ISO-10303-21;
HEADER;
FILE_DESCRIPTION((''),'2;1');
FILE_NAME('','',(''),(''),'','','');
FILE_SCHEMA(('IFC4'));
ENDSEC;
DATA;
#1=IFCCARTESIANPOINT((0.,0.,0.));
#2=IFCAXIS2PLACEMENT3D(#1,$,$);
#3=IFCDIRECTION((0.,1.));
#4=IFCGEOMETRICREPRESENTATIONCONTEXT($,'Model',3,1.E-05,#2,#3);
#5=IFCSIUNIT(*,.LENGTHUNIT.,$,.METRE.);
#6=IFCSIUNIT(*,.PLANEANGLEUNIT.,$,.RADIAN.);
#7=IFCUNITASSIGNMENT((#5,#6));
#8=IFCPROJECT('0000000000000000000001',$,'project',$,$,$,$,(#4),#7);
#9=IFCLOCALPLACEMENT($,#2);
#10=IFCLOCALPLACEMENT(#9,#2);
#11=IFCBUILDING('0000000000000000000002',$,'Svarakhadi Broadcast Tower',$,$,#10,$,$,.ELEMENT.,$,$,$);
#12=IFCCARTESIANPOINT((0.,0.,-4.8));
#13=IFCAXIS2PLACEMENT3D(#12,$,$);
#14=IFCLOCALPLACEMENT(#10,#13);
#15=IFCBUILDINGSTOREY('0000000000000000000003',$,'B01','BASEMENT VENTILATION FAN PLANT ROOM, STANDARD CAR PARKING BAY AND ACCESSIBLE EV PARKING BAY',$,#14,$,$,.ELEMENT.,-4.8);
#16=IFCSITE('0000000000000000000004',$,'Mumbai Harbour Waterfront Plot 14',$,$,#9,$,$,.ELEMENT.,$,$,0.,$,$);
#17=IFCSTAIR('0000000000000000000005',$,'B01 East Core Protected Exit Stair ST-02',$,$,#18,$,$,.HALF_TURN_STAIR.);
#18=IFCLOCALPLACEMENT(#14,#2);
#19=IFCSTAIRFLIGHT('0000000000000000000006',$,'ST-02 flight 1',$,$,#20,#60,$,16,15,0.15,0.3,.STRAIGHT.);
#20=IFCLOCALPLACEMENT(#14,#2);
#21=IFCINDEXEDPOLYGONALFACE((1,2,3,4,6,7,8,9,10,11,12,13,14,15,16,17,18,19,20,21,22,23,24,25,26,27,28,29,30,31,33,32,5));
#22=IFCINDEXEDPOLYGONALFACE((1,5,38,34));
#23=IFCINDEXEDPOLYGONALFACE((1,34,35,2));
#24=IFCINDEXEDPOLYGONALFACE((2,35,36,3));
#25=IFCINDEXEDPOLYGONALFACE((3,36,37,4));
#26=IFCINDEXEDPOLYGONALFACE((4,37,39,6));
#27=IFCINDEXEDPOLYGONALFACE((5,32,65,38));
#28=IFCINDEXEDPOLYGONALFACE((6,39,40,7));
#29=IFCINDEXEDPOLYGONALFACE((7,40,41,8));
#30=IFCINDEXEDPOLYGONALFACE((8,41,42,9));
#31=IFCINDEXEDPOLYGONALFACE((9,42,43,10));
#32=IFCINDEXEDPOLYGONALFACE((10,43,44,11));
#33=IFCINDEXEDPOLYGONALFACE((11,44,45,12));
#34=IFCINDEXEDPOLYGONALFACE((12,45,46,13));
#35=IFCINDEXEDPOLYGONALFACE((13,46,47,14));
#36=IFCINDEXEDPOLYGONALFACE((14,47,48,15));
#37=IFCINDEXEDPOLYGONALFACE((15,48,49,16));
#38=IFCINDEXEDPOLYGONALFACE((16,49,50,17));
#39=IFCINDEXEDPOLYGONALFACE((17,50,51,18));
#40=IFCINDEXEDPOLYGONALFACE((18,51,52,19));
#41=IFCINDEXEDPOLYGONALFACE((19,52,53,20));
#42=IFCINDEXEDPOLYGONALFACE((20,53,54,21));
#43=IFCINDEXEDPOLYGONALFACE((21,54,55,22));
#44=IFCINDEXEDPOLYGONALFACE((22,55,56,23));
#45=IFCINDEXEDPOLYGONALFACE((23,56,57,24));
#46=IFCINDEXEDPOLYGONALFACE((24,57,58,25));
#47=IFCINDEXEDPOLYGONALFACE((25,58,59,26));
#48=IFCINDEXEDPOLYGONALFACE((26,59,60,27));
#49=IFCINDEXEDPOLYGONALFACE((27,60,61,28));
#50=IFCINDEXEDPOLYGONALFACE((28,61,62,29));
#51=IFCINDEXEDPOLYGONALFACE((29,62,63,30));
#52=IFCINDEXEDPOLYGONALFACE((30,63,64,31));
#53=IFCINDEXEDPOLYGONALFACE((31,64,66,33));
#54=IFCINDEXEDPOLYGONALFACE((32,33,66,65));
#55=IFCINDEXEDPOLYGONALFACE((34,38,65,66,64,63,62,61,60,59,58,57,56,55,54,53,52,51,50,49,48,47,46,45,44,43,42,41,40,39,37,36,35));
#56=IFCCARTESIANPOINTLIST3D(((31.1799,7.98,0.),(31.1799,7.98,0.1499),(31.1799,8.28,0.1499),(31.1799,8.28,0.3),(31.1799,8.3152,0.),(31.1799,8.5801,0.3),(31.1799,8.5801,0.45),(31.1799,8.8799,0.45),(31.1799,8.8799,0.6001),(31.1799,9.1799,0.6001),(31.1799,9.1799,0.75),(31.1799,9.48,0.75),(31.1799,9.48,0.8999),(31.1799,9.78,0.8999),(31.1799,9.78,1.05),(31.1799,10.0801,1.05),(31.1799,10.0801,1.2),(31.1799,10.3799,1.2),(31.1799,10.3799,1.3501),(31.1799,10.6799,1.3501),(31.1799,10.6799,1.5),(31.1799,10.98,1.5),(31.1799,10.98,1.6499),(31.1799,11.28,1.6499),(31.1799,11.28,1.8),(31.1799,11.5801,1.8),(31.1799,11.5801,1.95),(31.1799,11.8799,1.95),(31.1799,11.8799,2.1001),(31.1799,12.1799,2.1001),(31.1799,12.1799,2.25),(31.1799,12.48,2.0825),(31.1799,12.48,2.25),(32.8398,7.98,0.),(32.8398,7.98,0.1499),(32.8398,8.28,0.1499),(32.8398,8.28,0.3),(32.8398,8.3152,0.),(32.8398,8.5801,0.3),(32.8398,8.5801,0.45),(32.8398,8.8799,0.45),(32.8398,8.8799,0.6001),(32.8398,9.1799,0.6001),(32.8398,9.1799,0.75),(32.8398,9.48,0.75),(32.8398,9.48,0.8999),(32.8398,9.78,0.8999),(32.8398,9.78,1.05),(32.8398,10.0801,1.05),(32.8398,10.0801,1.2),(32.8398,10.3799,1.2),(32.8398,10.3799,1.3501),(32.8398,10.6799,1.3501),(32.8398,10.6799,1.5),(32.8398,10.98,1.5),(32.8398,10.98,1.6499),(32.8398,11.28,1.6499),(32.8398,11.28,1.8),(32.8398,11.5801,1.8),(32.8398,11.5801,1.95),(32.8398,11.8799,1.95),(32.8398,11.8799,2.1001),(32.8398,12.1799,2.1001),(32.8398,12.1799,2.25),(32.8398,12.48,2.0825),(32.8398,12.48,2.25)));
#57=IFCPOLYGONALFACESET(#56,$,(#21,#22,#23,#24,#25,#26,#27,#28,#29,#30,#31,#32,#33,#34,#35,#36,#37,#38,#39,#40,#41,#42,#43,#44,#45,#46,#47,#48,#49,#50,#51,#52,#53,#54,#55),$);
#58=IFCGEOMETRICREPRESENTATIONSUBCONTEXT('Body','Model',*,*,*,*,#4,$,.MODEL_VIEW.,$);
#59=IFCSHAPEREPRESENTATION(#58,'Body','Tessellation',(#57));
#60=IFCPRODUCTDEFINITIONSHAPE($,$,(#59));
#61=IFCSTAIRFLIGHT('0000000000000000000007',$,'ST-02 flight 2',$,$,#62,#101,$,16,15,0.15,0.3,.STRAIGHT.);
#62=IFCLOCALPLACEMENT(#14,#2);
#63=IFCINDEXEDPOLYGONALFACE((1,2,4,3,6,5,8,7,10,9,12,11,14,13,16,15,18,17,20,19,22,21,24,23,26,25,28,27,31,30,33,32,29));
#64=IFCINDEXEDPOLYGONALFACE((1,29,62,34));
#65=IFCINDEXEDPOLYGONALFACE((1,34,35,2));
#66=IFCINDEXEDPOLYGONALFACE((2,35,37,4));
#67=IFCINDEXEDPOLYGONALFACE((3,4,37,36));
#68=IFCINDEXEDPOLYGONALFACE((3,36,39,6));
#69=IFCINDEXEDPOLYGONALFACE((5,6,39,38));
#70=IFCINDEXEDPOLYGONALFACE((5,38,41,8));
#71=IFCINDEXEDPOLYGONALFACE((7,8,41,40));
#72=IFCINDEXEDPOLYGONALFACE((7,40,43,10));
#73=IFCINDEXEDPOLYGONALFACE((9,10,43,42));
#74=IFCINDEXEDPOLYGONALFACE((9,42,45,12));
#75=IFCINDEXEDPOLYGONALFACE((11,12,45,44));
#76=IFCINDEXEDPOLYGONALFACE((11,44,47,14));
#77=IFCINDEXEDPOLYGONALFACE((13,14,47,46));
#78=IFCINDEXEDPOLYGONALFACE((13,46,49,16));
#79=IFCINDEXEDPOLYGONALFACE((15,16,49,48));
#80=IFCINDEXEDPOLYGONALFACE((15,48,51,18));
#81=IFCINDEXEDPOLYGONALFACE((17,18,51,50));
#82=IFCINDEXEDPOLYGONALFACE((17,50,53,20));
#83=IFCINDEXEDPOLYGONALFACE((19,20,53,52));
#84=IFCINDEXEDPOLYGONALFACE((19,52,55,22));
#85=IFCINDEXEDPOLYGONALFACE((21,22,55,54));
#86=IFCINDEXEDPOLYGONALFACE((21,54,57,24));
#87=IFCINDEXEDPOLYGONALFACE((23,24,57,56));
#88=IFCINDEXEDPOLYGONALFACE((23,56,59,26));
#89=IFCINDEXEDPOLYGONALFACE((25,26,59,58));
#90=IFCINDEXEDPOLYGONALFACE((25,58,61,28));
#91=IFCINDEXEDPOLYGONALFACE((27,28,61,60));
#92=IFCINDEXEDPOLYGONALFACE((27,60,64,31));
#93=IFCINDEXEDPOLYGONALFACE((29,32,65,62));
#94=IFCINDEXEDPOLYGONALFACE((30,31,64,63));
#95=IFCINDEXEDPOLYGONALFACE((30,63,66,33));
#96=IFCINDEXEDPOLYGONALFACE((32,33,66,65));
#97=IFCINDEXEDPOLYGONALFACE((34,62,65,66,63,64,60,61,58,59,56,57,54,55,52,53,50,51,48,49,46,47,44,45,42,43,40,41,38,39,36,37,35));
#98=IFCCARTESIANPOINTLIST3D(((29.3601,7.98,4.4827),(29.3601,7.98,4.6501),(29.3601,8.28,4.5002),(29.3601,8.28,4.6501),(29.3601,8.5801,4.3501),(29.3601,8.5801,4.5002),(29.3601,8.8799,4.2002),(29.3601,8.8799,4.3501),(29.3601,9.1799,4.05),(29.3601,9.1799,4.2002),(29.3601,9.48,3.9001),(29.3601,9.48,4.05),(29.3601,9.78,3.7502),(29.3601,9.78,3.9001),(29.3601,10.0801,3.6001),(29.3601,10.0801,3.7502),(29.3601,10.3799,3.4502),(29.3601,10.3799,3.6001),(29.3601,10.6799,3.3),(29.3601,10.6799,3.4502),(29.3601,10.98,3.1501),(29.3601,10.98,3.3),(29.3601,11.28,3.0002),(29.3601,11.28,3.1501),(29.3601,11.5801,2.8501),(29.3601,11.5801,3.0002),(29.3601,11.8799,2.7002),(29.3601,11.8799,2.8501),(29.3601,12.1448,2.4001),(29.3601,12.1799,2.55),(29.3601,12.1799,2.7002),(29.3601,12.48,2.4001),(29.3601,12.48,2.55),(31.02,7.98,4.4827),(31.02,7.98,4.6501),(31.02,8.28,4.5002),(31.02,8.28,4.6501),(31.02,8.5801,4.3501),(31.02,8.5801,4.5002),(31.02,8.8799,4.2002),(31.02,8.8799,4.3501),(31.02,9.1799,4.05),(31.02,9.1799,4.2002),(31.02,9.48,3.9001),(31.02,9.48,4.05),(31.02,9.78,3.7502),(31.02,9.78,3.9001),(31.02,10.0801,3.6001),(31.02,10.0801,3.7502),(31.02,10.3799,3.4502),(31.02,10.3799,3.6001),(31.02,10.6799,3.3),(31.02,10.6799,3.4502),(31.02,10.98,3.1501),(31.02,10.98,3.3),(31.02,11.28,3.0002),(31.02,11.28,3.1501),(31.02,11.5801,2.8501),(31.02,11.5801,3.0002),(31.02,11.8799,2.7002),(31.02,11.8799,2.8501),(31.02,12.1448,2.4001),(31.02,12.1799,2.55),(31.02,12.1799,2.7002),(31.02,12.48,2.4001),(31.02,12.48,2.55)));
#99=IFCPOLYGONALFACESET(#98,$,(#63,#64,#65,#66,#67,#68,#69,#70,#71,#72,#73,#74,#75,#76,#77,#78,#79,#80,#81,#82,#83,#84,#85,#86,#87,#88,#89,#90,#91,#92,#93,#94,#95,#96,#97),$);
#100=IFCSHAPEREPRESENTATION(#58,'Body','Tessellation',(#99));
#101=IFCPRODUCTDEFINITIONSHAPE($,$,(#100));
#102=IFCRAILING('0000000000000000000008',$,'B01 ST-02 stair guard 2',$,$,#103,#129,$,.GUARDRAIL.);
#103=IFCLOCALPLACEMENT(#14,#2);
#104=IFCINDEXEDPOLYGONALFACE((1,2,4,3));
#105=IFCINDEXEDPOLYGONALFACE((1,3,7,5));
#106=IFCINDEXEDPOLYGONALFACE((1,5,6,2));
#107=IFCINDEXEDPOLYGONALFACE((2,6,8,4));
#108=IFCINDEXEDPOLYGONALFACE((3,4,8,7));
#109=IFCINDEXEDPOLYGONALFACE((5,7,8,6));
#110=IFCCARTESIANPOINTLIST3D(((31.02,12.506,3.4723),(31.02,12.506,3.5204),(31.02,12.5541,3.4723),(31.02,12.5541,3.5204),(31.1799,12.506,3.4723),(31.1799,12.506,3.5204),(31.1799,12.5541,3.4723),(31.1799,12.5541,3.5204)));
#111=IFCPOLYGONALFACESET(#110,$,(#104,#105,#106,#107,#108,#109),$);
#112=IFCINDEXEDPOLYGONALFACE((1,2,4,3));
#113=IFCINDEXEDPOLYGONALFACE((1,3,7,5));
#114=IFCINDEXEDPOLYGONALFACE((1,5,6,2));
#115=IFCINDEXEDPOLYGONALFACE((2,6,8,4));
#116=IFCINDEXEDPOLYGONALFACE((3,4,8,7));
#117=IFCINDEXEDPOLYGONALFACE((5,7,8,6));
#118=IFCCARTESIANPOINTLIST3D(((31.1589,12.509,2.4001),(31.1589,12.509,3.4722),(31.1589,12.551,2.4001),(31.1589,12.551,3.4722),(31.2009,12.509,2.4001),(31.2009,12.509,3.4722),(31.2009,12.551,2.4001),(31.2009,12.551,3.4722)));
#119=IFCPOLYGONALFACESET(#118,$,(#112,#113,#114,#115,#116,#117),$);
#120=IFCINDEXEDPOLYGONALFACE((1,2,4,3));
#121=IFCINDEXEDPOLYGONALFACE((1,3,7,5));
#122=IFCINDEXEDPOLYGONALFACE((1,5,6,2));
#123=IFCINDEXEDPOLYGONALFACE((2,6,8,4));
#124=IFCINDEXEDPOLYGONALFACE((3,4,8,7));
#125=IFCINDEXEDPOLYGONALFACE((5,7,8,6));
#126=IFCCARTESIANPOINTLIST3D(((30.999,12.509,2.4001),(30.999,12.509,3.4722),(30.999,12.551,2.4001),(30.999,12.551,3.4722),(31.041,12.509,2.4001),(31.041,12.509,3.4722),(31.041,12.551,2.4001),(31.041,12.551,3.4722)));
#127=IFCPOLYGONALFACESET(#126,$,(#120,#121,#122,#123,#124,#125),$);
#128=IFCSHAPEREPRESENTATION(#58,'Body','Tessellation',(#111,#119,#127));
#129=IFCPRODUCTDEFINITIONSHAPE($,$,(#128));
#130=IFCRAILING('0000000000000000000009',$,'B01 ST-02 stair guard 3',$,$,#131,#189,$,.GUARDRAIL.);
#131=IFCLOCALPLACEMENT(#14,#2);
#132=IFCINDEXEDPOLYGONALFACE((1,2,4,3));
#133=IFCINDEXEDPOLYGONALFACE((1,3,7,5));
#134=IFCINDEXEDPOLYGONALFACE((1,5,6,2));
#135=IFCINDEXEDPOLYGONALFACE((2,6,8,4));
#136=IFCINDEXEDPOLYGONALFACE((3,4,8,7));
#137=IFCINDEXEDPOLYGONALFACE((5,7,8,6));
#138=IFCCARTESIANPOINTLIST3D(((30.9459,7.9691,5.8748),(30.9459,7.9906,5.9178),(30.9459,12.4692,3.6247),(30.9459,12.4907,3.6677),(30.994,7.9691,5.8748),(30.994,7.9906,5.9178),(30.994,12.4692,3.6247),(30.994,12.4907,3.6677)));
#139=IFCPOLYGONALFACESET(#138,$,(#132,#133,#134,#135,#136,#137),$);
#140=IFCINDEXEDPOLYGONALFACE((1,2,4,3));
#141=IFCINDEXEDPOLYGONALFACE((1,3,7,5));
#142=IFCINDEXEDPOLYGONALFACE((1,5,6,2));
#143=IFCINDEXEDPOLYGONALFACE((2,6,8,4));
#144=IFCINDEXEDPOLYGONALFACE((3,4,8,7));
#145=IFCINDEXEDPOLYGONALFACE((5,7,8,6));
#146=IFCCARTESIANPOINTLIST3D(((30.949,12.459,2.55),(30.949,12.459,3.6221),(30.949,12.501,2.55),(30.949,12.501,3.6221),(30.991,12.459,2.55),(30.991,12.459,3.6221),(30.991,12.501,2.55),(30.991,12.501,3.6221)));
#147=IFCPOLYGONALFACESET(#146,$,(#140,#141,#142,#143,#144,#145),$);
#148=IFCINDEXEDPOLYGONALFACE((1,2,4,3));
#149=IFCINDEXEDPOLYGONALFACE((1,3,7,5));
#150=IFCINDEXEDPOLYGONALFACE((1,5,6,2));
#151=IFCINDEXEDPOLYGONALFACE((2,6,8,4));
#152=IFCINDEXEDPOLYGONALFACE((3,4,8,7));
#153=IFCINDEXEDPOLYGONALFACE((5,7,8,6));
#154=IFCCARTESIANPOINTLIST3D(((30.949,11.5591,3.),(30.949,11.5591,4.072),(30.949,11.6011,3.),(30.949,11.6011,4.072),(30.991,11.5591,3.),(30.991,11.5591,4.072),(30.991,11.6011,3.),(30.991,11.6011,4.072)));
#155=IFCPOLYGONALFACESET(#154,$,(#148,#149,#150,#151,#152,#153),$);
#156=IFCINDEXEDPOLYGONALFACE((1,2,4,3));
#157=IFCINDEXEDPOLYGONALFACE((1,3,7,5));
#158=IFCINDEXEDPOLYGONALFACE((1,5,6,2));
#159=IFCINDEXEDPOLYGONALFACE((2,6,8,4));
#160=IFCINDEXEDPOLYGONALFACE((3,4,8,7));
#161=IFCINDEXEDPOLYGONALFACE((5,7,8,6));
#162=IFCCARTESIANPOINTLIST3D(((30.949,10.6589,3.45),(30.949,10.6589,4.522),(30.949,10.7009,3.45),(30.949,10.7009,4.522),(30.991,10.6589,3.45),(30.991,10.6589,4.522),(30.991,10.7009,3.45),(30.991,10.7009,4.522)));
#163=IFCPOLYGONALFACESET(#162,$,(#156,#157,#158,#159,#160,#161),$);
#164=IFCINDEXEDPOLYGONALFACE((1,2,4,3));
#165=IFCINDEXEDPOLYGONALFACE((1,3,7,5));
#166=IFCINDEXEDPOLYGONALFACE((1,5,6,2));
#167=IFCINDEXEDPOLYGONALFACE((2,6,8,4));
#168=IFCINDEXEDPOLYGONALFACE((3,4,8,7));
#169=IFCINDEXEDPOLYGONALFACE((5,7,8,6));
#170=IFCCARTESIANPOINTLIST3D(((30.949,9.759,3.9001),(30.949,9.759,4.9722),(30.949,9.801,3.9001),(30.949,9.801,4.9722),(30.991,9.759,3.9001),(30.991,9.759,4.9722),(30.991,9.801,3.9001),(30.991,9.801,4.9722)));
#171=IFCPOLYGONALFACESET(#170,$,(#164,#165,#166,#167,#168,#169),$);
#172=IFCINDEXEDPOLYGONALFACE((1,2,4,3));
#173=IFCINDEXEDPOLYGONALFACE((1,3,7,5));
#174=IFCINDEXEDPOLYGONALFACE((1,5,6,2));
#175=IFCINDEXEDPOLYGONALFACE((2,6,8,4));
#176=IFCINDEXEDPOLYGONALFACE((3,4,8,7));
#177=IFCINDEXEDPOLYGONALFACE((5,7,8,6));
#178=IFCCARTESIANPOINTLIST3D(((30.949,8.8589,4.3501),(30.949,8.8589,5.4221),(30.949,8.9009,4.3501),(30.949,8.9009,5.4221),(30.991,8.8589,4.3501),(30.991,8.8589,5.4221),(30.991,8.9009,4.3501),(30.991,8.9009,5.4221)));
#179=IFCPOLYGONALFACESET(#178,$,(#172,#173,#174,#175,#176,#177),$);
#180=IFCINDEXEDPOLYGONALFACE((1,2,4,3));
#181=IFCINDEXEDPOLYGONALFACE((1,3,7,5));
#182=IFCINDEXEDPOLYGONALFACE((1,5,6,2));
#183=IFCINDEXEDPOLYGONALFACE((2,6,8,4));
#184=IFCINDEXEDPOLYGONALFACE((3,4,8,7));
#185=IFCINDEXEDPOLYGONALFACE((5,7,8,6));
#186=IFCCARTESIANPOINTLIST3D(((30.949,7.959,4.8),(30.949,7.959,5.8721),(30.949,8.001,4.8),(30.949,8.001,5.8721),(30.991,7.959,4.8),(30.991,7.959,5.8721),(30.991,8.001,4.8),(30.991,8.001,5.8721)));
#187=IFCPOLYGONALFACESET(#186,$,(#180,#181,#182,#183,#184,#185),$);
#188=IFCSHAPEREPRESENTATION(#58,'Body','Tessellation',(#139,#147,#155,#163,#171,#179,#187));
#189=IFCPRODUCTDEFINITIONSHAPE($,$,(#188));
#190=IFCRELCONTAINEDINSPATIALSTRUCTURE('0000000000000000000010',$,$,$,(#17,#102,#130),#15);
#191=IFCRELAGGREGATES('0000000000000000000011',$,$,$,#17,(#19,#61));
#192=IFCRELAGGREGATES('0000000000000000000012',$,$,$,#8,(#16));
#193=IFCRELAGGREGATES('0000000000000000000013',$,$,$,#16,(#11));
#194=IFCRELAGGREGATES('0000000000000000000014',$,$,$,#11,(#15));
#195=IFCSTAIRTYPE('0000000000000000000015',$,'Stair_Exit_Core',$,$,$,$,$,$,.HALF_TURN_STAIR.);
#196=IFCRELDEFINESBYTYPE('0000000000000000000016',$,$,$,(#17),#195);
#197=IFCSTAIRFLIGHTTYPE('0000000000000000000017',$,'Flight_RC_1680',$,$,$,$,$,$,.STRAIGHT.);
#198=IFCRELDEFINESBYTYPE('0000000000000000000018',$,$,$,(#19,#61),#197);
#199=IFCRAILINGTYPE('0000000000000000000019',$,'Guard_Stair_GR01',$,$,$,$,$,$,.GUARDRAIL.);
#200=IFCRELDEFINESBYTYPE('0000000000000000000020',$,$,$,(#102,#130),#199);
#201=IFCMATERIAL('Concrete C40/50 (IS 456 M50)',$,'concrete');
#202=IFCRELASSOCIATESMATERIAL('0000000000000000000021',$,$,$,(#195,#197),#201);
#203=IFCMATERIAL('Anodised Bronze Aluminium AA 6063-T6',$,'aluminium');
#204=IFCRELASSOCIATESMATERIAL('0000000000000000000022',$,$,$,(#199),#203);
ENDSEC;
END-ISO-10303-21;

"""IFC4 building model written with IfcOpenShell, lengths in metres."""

from ifc_helpers import new_model, si_unit, direction, frame, origin, origin_2d, place, context, subcontext, project, spatial, polyline, rectangle, outline, extrude, material, type_object, element, aggregate, save


model = new_model("IFC4")

# Units and contexts
model_context = context("Model", 3, precision=1e-05, world=origin(), true_north=direction((0.0, 1.0)))
body_context = subcontext(model_context, "Body", "Model", "MODEL_VIEW")
ifc_project = project(units=[si_unit("LENGTHUNIT", "METRE"), si_unit("PLANEANGLEUNIT", "RADIAN")], contexts=[model_context])

# Site, building, storey
site_placement = place(None, origin())
site = spatial("IfcSite", under=ifc_project, at=site_placement, Name="Mumbai Harbour Waterfront Plot 14", CompositionType="ELEMENT", RefElevation=0.0)
building_placement = place(site_placement, origin())
building = spatial("IfcBuilding", under=site, at=building_placement, Name="Svarakhadi Broadcast Tower", CompositionType="ELEMENT")
storey_placement = place(building_placement, frame((0.0, 0.0, -4.8)))
storey = spatial("IfcBuildingStorey", under=building, at=storey_placement, Name="B01", Description="BASEMENT VENTILATION FAN PLANT ROOM, STANDARD CAR PARKING BAY AND ACCESSIBLE EV PARKING BAY", CompositionType="ELEMENT", Elevation=-4.8)

# Shared definitions
ifc_material_1 = material(Name="Concrete C40/50 (IS 456 M50)", Category="concrete")

# Stair, stair flights
stair_type = type_object("IfcStairType", Name="Stair_Exit_Core", PredefinedType="HALF_TURN_STAIR", material=ifc_material_1)
stair_placement = place(storey_placement, origin())
stair = element("IfcStair", 1, at=stair_placement, inside=storey, type_object=stair_type, Name="B01 East Core Protected Exit Stair ST-02", PredefinedType="HALF_TURN_STAIR")
stair_flight_type = type_object("IfcStairFlightType", Name="Flight_RC_1680", PredefinedType="STRAIGHT", material=ifc_material_1)
stair_flight_1_placement = place(storey_placement, frame((32.01, 7.98, 0.0), z_axis=(0.0, 0.0, 1.0), x_axis=(0.0, 1.0, 0.0)))
stair_flight_1 = element("IfcStairFlight", 2, at=stair_flight_1_placement, type_object=stair_flight_type, Name="ST-02 flight 1", NumberOfRisers=16, NumberOfTreads=15, PredefinedType="STRAIGHT", RiserHeight=0.15, TreadLength=0.3, context=body_context, shape_type="SweptSolid", body=[
    extrude(outline(polyline([(0.0, 0.0), (0.0, 0.1499), (0.3, 0.1499), (0.3, 0.3), (0.6001, 0.3), (0.6001, 0.45), (0.8999, 0.45), (0.8999, 0.6001), (1.2, 0.6001), (1.2, 0.75), (1.5, 0.75), (1.5, 0.8999), (1.8, 0.8999), (1.8, 1.05), (2.1001, 1.05), (2.1001, 1.2), (2.3999, 1.2), (2.3999, 1.3501), (2.7, 1.3501), (2.7, 1.5), (3.0, 1.5), (3.0, 1.6499), (3.3, 1.6499), (3.3, 1.8), (3.6001, 1.8), (3.6001, 1.95), (3.8999, 1.95), (3.8999, 2.1001), (4.2, 2.1001), (4.2, 2.25), (4.5, 2.25), (4.5, 2.3999), (4.5, 2.0825), (0.3352, 0.0), (0.0, 0.0)])), frame((0.0, 0.8301, 0.0), z_axis=(0.0, -1.0, 0.0), x_axis=(1.0, 0.0, 0.0)), (0.0, 0.0, 1.0), 1.6599),
])
stair_flight_2_placement = place(storey_placement, frame((30.1899, 12.48, 2.4001), z_axis=(0.0, 0.0, 1.0), x_axis=(0.0, -1.0, 0.0)))
stair_flight_2 = element("IfcStairFlight", 3, at=stair_flight_2_placement, type_object=stair_flight_type, Name="ST-02 flight 2", NumberOfRisers=16, NumberOfTreads=15, PredefinedType="STRAIGHT", RiserHeight=0.15, TreadLength=0.3, context=body_context, shape_type="SweptSolid", body=[
    extrude(outline(polyline([(0.0, 0.0), (0.0, 0.1499), (0.3, 0.1499), (0.3, 0.3), (0.6001, 0.3), (0.6001, 0.45), (0.8999, 0.45), (0.8999, 0.6001), (1.2, 0.6001), (1.2, 0.75), (1.5, 0.75), (1.5, 0.8999), (1.8, 0.8999), (1.8, 1.05), (2.1001, 1.05), (2.1001, 1.2), (2.3999, 1.2), (2.3999, 1.3501), (2.7, 1.3501), (2.7, 1.5), (3.0, 1.5), (3.0, 1.6499), (3.3, 1.6499), (3.3, 1.8), (3.6001, 1.8), (3.6001, 1.95), (3.8999, 1.95), (3.8999, 2.1001), (4.2, 2.1001), (4.2, 2.25), (4.5, 2.25), (4.5, 2.3999), (4.5, 2.0825), (0.3352, 0.0), (0.0, 0.0)])), frame((0.0, 0.8301, 0.0), z_axis=(0.0, -1.0, 0.0), x_axis=(1.0, 0.0, 0.0)), (0.0, 0.0, 1.0), 1.6599),
])
aggregate(stair, [stair_flight_1, stair_flight_2])

# Railings
ifc_material_2 = material(Name="Anodised Bronze Aluminium AA 6063-T6", Category="aluminium")
railing_type_1 = type_object("IfcRailingType", Name="Guard_Stair_GR01", PredefinedType="GUARDRAIL", material=ifc_material_2)
railing_1_placement = place(storey_placement, frame((31.1799, 12.53, 2.4001)))
element("IfcRailing", 4, at=railing_1_placement, inside=storey, type_object=railing_type_1, Name="B01 ST-02 stair guard 2", PredefinedType="GUARDRAIL", context=body_context, shape_type="SweptSolid", body=[
    extrude(rectangle(XDim=0.0481, YDim=0.0481, at=origin_2d()), frame((0.0, 0.0, 1.0962), z_axis=(-1.0, 0.0, 0.0), x_axis=(0.0, -1.0, 0.0)), (0.0, 0.0, 1.0), 0.1599),
    extrude(rectangle(XDim=0.042, YDim=0.042, at=origin_2d()), origin(), (0.0, 0.0, 1.0), 1.072),
    extrude(rectangle(XDim=0.042, YDim=0.042, at=origin_2d()), frame((-0.1599, 0.0, 0.0)), (0.0, 0.0, 1.0), 1.072),
])
railing_2_placement = place(storey_placement, frame((30.97, 12.48, 2.55)))
element("IfcRailing", 5, at=railing_2_placement, inside=storey, type_object=railing_type_1, Name="B01 ST-02 stair guard 3", PredefinedType="GUARDRAIL", context=body_context, shape_type="SweptSolid", body=[
    extrude(rectangle(XDim=0.0481, YDim=0.0481, at=origin_2d()), frame((0.0, 0.0, 1.0962), z_axis=(0.0, -0.894427, 0.447214), x_axis=(1.0, 0.0, 0.0)), (0.0, 0.0, 1.0), 5.0312),
    extrude(rectangle(XDim=0.042, YDim=0.042, at=origin_2d()), origin(), (0.0, 0.0, 1.0), 1.072),
    extrude(rectangle(XDim=0.042, YDim=0.042, at=origin_2d()), frame((0.0, -0.8999, 0.45)), (0.0, 0.0, 1.0), 1.072),
    extrude(rectangle(XDim=0.042, YDim=0.042, at=origin_2d()), frame((0.0, -1.8, 0.8999)), (0.0, 0.0, 1.0), 1.072),
    extrude(rectangle(XDim=0.042, YDim=0.042, at=origin_2d()), frame((0.0, -2.7, 1.3501)), (0.0, 0.0, 1.0), 1.072),
    extrude(rectangle(XDim=0.042, YDim=0.042, at=origin_2d()), frame((0.0, -3.6001, 1.8)), (0.0, 0.0, 1.0), 1.072),
    extrude(rectangle(XDim=0.042, YDim=0.042, at=origin_2d()), frame((0.0, -4.5, 2.25)), (0.0, 0.0, 1.0), 1.072),
])

save(model, "model.ifc")
